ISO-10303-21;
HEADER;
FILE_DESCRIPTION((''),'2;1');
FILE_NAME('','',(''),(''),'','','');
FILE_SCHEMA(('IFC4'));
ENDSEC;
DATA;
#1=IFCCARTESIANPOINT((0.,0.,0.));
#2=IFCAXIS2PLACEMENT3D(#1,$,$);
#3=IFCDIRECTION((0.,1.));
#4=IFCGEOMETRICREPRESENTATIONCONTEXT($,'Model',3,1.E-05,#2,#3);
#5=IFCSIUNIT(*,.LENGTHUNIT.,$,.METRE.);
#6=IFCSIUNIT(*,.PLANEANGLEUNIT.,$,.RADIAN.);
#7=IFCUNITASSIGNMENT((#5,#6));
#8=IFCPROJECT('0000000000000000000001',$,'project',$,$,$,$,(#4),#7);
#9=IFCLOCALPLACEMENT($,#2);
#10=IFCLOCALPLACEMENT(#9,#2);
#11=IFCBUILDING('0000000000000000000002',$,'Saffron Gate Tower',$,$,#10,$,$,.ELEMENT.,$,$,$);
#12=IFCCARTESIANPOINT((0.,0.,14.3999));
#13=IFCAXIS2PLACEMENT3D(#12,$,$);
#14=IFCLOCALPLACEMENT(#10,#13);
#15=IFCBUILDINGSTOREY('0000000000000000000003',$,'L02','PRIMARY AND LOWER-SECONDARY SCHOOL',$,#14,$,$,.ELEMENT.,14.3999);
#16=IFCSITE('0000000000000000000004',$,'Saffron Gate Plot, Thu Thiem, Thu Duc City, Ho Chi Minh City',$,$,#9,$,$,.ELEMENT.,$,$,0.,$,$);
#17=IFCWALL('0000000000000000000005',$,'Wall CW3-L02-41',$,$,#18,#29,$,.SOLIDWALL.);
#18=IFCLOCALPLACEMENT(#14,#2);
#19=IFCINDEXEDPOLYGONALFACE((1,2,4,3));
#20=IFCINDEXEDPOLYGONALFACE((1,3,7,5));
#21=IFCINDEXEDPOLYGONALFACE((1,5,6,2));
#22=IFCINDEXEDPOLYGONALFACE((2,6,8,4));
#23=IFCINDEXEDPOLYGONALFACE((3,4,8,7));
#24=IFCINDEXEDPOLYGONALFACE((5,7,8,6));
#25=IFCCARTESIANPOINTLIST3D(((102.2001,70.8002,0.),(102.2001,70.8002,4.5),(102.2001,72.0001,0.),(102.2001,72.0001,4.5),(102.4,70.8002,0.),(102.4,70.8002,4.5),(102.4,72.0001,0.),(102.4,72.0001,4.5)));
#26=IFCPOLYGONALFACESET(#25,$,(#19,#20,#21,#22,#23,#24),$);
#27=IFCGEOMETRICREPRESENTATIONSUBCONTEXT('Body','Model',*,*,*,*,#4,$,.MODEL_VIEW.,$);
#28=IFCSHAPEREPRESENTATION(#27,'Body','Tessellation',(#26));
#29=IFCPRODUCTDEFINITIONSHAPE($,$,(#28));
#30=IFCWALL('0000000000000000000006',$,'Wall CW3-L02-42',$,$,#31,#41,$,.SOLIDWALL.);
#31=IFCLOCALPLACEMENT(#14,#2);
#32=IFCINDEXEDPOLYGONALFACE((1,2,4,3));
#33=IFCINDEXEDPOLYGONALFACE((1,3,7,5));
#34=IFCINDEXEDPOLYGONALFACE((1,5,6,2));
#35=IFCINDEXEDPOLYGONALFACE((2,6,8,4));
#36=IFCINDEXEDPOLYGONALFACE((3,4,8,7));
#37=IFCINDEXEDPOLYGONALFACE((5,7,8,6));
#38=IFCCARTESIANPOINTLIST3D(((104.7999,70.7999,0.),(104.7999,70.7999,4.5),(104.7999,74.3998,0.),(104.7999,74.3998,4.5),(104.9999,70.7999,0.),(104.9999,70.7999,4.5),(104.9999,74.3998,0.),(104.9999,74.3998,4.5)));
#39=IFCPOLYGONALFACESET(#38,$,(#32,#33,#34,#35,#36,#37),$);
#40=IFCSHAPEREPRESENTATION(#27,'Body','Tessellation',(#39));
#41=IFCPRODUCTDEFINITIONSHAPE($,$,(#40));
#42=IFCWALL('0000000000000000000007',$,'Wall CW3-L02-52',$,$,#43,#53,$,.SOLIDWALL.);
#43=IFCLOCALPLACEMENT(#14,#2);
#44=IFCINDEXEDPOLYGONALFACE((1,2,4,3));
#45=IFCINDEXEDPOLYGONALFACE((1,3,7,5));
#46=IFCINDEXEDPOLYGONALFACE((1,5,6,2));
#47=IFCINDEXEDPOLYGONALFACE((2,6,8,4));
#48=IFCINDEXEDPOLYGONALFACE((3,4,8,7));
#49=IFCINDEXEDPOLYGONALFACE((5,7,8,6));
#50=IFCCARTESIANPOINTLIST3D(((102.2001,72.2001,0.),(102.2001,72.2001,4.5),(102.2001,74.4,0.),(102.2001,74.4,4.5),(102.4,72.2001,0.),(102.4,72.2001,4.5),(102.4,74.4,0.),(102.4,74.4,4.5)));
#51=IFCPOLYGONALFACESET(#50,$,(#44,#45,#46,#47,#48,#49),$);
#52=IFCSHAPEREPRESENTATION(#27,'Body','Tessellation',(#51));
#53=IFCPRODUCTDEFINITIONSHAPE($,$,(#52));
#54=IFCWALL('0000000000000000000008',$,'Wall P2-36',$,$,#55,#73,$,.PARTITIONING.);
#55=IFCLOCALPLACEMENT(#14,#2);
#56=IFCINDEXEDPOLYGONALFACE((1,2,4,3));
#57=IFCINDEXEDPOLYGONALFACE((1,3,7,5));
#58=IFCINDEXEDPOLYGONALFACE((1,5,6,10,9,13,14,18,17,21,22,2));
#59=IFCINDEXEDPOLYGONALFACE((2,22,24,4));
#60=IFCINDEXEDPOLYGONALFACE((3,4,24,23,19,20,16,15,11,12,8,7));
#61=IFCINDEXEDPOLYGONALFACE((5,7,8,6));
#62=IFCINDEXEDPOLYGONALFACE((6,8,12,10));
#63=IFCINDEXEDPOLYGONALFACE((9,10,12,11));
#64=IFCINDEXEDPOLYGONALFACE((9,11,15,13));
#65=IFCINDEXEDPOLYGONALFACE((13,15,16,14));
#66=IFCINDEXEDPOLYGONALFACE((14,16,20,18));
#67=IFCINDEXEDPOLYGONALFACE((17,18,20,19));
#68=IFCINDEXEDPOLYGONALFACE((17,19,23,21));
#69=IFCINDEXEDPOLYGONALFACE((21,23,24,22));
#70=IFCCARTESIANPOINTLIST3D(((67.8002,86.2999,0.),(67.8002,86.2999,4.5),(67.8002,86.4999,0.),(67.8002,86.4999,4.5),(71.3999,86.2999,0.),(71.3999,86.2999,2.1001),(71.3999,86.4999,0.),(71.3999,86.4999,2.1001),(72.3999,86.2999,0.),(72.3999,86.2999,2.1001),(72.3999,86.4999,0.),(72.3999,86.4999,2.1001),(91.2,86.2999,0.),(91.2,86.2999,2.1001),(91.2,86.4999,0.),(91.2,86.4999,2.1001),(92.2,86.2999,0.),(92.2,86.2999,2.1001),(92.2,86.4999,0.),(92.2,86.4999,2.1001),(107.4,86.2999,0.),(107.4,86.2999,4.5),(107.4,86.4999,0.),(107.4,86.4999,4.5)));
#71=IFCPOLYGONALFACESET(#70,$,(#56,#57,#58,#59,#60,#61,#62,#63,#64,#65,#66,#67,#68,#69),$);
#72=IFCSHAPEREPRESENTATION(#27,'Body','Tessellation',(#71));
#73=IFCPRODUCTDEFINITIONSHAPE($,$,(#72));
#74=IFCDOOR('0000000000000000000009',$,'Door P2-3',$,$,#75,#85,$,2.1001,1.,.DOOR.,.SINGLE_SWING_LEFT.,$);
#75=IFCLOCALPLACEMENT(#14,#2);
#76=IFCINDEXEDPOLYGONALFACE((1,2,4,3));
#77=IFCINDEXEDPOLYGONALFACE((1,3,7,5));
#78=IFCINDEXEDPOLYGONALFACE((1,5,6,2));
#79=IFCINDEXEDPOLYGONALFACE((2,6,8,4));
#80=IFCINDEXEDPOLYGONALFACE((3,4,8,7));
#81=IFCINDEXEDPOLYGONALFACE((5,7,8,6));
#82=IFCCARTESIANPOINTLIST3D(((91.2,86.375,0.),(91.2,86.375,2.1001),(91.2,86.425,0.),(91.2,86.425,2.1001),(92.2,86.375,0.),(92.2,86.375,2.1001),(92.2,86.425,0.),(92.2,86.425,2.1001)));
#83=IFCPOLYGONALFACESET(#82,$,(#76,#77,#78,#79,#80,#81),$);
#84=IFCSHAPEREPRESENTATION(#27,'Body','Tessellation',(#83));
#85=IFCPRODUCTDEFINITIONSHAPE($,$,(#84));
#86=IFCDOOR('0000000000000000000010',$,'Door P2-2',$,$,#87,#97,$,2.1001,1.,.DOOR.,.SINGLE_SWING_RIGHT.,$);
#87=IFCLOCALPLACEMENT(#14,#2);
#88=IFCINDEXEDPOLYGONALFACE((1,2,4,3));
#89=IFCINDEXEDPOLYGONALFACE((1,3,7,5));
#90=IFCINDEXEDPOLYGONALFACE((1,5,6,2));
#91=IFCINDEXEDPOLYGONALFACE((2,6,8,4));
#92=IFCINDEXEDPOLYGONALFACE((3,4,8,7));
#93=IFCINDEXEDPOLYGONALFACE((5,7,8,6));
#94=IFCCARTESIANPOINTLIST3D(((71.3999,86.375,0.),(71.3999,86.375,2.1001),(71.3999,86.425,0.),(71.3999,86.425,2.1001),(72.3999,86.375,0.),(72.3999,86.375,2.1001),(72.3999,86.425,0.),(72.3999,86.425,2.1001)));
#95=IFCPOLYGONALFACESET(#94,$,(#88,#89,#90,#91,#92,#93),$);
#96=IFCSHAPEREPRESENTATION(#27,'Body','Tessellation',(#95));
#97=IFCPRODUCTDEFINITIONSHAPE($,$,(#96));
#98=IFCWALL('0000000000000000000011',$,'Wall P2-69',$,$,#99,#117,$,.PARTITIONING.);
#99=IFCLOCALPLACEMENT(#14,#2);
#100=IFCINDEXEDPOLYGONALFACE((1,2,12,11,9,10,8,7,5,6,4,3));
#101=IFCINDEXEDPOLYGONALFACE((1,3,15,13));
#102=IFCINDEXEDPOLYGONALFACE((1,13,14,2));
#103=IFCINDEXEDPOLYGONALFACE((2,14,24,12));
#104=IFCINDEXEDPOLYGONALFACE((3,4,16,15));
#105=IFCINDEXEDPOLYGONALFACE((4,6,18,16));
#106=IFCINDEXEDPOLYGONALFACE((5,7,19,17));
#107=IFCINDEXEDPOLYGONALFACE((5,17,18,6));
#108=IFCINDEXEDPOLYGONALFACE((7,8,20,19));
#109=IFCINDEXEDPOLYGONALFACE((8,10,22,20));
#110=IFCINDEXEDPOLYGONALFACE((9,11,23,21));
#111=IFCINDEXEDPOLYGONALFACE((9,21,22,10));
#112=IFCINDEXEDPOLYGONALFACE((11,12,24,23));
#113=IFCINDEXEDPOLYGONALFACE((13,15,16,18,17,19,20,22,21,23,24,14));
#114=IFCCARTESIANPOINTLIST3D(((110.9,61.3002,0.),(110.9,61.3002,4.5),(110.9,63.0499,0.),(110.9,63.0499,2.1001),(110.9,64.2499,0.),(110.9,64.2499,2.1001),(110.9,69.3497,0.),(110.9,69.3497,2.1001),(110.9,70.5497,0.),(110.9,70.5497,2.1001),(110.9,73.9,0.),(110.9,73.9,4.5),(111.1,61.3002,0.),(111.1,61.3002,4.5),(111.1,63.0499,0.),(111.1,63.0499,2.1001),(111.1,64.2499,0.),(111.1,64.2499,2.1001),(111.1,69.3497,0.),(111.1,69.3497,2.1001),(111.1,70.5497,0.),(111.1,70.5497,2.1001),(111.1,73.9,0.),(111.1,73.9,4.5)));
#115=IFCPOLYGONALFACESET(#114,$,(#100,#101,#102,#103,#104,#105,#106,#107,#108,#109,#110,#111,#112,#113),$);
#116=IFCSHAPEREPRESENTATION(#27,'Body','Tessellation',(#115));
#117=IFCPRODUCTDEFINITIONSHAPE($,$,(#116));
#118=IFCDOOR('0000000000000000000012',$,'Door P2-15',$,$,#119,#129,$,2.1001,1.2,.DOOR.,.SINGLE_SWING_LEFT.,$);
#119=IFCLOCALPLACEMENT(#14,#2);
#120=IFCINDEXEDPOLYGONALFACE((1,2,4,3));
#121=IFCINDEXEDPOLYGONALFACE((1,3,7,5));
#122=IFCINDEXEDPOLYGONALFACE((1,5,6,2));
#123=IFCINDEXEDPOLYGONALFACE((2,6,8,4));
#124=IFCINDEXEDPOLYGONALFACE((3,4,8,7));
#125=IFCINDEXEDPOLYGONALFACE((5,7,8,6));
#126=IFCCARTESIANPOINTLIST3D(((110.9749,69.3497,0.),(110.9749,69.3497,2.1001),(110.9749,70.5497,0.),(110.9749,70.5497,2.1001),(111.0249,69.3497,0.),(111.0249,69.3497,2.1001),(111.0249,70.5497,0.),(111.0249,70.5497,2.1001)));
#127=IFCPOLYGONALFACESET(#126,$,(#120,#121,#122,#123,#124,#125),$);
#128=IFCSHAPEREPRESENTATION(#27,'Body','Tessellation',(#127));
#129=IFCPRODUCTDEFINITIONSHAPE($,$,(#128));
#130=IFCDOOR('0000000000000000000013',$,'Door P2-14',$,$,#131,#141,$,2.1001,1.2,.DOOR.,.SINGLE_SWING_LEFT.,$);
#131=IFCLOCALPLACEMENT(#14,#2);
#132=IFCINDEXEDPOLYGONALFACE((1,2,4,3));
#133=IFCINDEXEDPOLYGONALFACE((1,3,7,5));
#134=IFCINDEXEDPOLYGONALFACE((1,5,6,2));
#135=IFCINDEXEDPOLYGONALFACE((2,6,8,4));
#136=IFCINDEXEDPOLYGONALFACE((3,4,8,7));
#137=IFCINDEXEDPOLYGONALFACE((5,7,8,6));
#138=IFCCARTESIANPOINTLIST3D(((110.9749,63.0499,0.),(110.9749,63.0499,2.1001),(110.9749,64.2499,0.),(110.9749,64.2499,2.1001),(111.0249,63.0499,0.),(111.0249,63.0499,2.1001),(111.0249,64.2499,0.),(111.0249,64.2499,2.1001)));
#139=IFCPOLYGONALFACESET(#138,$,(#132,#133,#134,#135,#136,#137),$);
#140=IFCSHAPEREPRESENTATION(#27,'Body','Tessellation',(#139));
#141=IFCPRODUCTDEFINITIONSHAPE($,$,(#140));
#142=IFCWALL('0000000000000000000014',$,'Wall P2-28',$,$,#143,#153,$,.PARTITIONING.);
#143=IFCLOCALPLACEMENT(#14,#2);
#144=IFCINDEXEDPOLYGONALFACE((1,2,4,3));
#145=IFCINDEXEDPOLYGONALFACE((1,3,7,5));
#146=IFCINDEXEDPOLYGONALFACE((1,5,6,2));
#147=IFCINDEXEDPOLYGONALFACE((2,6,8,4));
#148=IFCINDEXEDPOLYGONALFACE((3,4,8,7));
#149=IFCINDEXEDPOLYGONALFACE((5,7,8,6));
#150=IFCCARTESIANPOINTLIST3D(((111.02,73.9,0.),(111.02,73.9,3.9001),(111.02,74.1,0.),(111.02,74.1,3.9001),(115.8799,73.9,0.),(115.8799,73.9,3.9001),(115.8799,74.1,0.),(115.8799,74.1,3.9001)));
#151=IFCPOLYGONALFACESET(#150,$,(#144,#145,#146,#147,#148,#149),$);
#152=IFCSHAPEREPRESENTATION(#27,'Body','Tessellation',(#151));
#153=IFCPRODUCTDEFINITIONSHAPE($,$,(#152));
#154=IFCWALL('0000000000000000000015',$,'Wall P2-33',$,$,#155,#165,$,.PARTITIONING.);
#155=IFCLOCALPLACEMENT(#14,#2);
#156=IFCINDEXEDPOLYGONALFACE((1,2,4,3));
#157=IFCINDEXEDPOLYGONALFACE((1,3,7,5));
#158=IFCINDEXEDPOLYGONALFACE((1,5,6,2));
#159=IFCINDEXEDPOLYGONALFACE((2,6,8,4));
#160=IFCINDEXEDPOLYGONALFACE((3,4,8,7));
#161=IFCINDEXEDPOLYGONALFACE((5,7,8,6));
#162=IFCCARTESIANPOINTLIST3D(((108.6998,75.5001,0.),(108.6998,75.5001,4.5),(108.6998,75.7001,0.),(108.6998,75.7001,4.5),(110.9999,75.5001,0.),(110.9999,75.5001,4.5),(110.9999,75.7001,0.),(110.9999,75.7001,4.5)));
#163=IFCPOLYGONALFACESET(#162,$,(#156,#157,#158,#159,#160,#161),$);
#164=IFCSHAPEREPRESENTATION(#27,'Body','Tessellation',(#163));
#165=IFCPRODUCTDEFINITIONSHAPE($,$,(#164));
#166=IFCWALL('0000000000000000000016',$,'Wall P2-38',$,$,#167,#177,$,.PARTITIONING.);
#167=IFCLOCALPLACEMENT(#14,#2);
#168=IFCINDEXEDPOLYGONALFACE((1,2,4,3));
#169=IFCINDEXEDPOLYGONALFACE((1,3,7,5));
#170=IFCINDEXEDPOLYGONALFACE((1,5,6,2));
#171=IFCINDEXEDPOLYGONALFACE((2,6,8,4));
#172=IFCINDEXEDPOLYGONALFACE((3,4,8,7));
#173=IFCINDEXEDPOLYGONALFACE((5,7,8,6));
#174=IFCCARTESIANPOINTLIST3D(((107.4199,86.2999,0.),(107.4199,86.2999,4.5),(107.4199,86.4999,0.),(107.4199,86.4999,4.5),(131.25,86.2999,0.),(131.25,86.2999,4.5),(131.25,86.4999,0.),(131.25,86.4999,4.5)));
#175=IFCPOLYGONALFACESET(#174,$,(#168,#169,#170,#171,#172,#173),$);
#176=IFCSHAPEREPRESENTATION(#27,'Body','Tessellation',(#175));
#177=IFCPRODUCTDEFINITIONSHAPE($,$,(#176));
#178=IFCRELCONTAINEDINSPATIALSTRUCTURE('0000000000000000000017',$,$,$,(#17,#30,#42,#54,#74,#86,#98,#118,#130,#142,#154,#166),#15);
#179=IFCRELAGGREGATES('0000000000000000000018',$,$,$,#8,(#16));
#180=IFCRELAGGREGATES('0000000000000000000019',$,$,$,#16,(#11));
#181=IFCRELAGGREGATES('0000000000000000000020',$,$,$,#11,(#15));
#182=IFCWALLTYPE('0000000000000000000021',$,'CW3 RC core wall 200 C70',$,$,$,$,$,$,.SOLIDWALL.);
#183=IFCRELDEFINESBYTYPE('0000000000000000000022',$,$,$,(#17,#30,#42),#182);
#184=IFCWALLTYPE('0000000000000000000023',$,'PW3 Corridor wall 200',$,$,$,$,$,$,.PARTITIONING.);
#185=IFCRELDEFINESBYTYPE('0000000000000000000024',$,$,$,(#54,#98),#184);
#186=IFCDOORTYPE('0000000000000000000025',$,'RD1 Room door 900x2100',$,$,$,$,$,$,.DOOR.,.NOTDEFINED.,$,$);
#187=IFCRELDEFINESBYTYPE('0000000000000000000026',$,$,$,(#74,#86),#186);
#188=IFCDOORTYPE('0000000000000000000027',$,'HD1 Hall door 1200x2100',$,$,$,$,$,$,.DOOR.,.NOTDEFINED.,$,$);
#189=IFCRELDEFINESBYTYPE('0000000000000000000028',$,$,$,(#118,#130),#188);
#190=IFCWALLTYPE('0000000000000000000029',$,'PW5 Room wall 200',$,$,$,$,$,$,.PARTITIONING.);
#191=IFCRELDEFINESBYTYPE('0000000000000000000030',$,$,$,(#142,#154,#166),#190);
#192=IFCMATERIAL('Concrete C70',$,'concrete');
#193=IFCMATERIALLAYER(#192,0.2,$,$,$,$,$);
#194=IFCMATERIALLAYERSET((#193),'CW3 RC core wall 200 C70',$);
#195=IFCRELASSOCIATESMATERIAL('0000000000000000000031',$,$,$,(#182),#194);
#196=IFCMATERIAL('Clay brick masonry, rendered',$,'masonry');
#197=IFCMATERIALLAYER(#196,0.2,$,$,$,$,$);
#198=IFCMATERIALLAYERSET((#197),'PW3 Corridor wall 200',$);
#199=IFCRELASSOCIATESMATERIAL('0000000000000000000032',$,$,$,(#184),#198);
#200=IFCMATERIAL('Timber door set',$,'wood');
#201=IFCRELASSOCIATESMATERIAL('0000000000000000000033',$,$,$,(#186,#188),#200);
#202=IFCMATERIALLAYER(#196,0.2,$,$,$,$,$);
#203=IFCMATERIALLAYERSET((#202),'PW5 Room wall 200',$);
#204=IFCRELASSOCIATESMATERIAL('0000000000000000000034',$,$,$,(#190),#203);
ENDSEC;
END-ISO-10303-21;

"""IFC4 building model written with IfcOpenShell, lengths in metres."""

from ifc_helpers import new_model, si_unit, direction, frame, frame_2d, origin, place, context, subcontext, project, spatial, rectangle, extrude, material, layer, layer_set, type_object, element, fill, save


model = new_model("IFC4")

# Units and contexts
model_context = context("Model", 3, precision=1e-05, world=origin(), true_north=direction((0.0, 1.0)))
body_context = subcontext(model_context, "Body", "Model", "MODEL_VIEW")
ifc_project = project(units=[si_unit("LENGTHUNIT", "METRE"), si_unit("PLANEANGLEUNIT", "RADIAN")], contexts=[model_context])

# Site, building, storey
site_placement = place(None, origin())
site = spatial("IfcSite", under=ifc_project, at=site_placement, Name="Saffron Gate Plot, Thu Thiem, Thu Duc City, Ho Chi Minh City", CompositionType="ELEMENT", RefElevation=0.0)
building_placement = place(site_placement, origin())
building = spatial("IfcBuilding", under=site, at=building_placement, Name="Saffron Gate Tower", CompositionType="ELEMENT")
storey_placement = place(building_placement, frame((0.0, 0.0, 14.3999)))
storey = spatial("IfcBuildingStorey", under=building, at=storey_placement, Name="L02", Description="PRIMARY AND LOWER-SECONDARY SCHOOL", CompositionType="ELEMENT", Elevation=14.3999)

# Walls
ifc_material_1 = material(Name="Concrete C70", Category="concrete")
ifc_layer_1 = layer(ifc_material_1, 0.2)
ifc_layer_set_1 = layer_set([ifc_layer_1], Name="CW3 RC core wall 200 C70")
wall_type_1 = type_object("IfcWallType", Name="CW3 RC core wall 200 C70", PredefinedType="SOLIDWALL", material=ifc_layer_set_1)
wall_1_placement = place(storey_placement, frame((102.3, 70.8, 0.0), z_axis=(0.0, 0.0, 1.0), x_axis=(0.0, 1.0, 0.0)))
element("IfcWall", 1, at=wall_1_placement, inside=storey, type_object=wall_type_1, Name="Wall CW3-L02-41", PredefinedType="SOLIDWALL", context=body_context, shape_type="SweptSolid", body=[
    extrude(rectangle(XDim=1.2, YDim=0.2, at=frame_2d((0.6001, 0.0))), origin(), (0.0, 0.0, 1.0), 4.5),
])
wall_2_placement = place(storey_placement, frame((104.8999, 70.8, 0.0), z_axis=(0.0, 0.0, 1.0), x_axis=(0.0, 1.0, 0.0)))
element("IfcWall", 2, at=wall_2_placement, inside=storey, type_object=wall_type_1, Name="Wall CW3-L02-42", PredefinedType="SOLIDWALL", context=body_context, shape_type="SweptSolid", body=[
    extrude(rectangle(XDim=3.5999, YDim=0.2, at=frame_2d((1.7998, 0.0))), origin(), (0.0, 0.0, 1.0), 4.5),
])
wall_3_placement = place(storey_placement, frame((102.3, 72.2, 0.0), z_axis=(0.0, 0.0, 1.0), x_axis=(0.0, 1.0, 0.0)))
element("IfcWall", 3, at=wall_3_placement, inside=storey, type_object=wall_type_1, Name="Wall CW3-L02-52", PredefinedType="SOLIDWALL", context=body_context, shape_type="SweptSolid", body=[
    extrude(rectangle(XDim=2.2, YDim=0.2, at=frame_2d((1.1001, 0.0))), origin(), (0.0, 0.0, 1.0), 4.5),
])

# Walls, openings, doors
ifc_material_2 = material(Name="Clay brick masonry, rendered", Category="masonry")
ifc_layer_2 = layer(ifc_material_2, 0.2)
ifc_layer_set_2 = layer_set([ifc_layer_2], Name="PW3 Corridor wall 200")
wall_type_2 = type_object("IfcWallType", Name="PW3 Corridor wall 200", PredefinedType="PARTITIONING", material=ifc_layer_set_2)
wall_4_placement = place(storey_placement, frame((107.3999, 86.3999, 0.0), z_axis=(0.0, 0.0, 1.0), x_axis=(-1.0, 0.0, 0.0)))
wall_4 = element("IfcWall", 4, at=wall_4_placement, inside=storey, type_object=wall_type_2, Name="Wall P2-36", PredefinedType="PARTITIONING", context=body_context, shape_type="SweptSolid", body=[
    extrude(rectangle(XDim=39.5999, YDim=0.2, at=frame_2d((19.7998, 0.0))), origin(), (0.0, 0.0, 1.0), 4.5),
])
opening_1_placement = place(wall_4_placement, frame((15.2, 0.0, 0.0)))
opening_1 = element("IfcOpeningElement", 5, at=opening_1_placement, cuts=wall_4, PredefinedType="OPENING", context=body_context, shape_type="SweptSolid", body=[
    extrude(rectangle(XDim=1.0, YDim=2.1001, at=frame_2d((0.5, 1.05))), frame((0.0, 0.1099, 0.0), z_axis=(0.0, -1.0, 0.0), x_axis=(1.0, 0.0, 0.0)), (0.0, 0.0, 1.0), 0.22),
])
opening_2_placement = place(wall_4_placement, frame((35.0, 0.0, 0.0)))
opening_2 = element("IfcOpeningElement", 6, at=opening_2_placement, cuts=wall_4, PredefinedType="OPENING", context=body_context, shape_type="SweptSolid", body=[
    extrude(rectangle(XDim=1.0, YDim=2.1001, at=frame_2d((0.5, 1.05))), frame((0.0, 0.1099, 0.0), z_axis=(0.0, -1.0, 0.0), x_axis=(1.0, 0.0, 0.0)), (0.0, 0.0, 1.0), 0.22),
])
ifc_material_3 = material(Name="Timber door set", Category="wood")
door_type_1 = type_object("IfcDoorType", Name="RD1 Room door 900x2100", OperationType="NOTDEFINED", PredefinedType="DOOR", material=ifc_material_3)
door_1_placement = place(opening_1_placement, origin())
door_1 = element("IfcDoor", 7, at=door_1_placement, inside=storey, type_object=door_type_1, Name="Door P2-3", OperationType="SINGLE_SWING_LEFT", OverallHeight=2.1001, OverallWidth=1.0, PredefinedType="DOOR", context=body_context, shape_type="SweptSolid", body=[
    extrude(rectangle(XDim=1.0, YDim=2.1001, at=frame_2d((0.5, 1.05))), frame((0.0, 0.0249, 0.0), z_axis=(0.0, -1.0, 0.0), x_axis=(1.0, 0.0, 0.0)), (0.0, 0.0, 1.0), 0.05),
])
fill(opening_1, door_1)
door_2_placement = place(opening_2_placement, origin())
door_2 = element("IfcDoor", 8, at=door_2_placement, inside=storey, type_object=door_type_1, Name="Door P2-2", OperationType="SINGLE_SWING_RIGHT", OverallHeight=2.1001, OverallWidth=1.0, PredefinedType="DOOR", context=body_context, shape_type="SweptSolid", body=[
    extrude(rectangle(XDim=1.0, YDim=2.1001, at=frame_2d((0.5, 1.05))), frame((0.0, 0.0249, 0.0), z_axis=(0.0, -1.0, 0.0), x_axis=(1.0, 0.0, 0.0)), (0.0, 0.0, 1.0), 0.05),
])
fill(opening_2, door_2)
wall_5_placement = place(storey_placement, frame((111.0, 73.8999, 0.0), z_axis=(0.0, 0.0, 1.0), x_axis=(0.0, -1.0, 0.0)))
wall_5 = element("IfcWall", 9, at=wall_5_placement, inside=storey, type_object=wall_type_2, Name="Wall P2-69", PredefinedType="PARTITIONING", context=body_context, shape_type="SweptSolid", body=[
    extrude(rectangle(XDim=12.5999, YDim=0.2, at=frame_2d((6.2998, 0.0))), origin(), (0.0, 0.0, 1.0), 4.5),
])
opening_3_placement = place(wall_5_placement, frame((3.3501, 0.0, 0.0)))
opening_3 = element("IfcOpeningElement", 10, at=opening_3_placement, cuts=wall_5, PredefinedType="OPENING", context=body_context, shape_type="SweptSolid", body=[
    extrude(rectangle(XDim=1.2, YDim=2.1001, at=frame_2d((0.6001, 1.05))), frame((0.0, 0.1099, 0.0), z_axis=(0.0, -1.0, 0.0), x_axis=(1.0, 0.0, 0.0)), (0.0, 0.0, 1.0), 0.22),
])
opening_4_placement = place(wall_5_placement, frame((9.6499, 0.0, 0.0)))
opening_4 = element("IfcOpeningElement", 11, at=opening_4_placement, cuts=wall_5, PredefinedType="OPENING", context=body_context, shape_type="SweptSolid", body=[
    extrude(rectangle(XDim=1.2, YDim=2.1001, at=frame_2d((0.6001, 1.05))), frame((0.0, 0.1099, 0.0), z_axis=(0.0, -1.0, 0.0), x_axis=(1.0, 0.0, 0.0)), (0.0, 0.0, 1.0), 0.22),
])
door_type_2 = type_object("IfcDoorType", Name="HD1 Hall door 1200x2100", OperationType="NOTDEFINED", PredefinedType="DOOR", material=ifc_material_3)
door_3_placement = place(opening_3_placement, origin())
door_3 = element("IfcDoor", 12, at=door_3_placement, inside=storey, type_object=door_type_2, Name="Door P2-15", OperationType="SINGLE_SWING_LEFT", OverallHeight=2.1001, OverallWidth=1.2, PredefinedType="DOOR", context=body_context, shape_type="SweptSolid", body=[
    extrude(rectangle(XDim=1.2, YDim=2.1001, at=frame_2d((0.6001, 1.05))), frame((0.0, 0.0249, 0.0), z_axis=(0.0, -1.0, 0.0), x_axis=(1.0, 0.0, 0.0)), (0.0, 0.0, 1.0), 0.05),
])
fill(opening_3, door_3)
door_4_placement = place(opening_4_placement, origin())
door_4 = element("IfcDoor", 13, at=door_4_placement, inside=storey, type_object=door_type_2, Name="Door P2-14", OperationType="SINGLE_SWING_LEFT", OverallHeight=2.1001, OverallWidth=1.2, PredefinedType="DOOR", context=body_context, shape_type="SweptSolid", body=[
    extrude(rectangle(XDim=1.2, YDim=2.1001, at=frame_2d((0.6001, 1.05))), frame((0.0, 0.0249, 0.0), z_axis=(0.0, -1.0, 0.0), x_axis=(1.0, 0.0, 0.0)), (0.0, 0.0, 1.0), 0.05),
])
fill(opening_4, door_4)

# Walls
ifc_layer_3 = layer(ifc_material_2, 0.2)
ifc_layer_set_3 = layer_set([ifc_layer_3], Name="PW5 Room wall 200")
wall_type_3 = type_object("IfcWallType", Name="PW5 Room wall 200", PredefinedType="PARTITIONING", material=ifc_layer_set_3)
wall_6_placement = place(storey_placement, frame((111.02, 74.0, 0.0), z_axis=(0.0, 0.0, 1.0), x_axis=(1.0, 0.0, 0.0)))
element("IfcWall", 14, at=wall_6_placement, inside=storey, type_object=wall_type_3, Name="Wall P2-28", PredefinedType="PARTITIONING", context=body_context, shape_type="SweptSolid", body=[
    extrude(rectangle(XDim=4.8599, YDim=0.2, at=frame_2d((2.4299, 0.0))), origin(), (0.0, 0.0, 1.0), 3.9001),
])
wall_7_placement = place(storey_placement, frame((108.7, 75.6001, 0.0), z_axis=(0.0, 0.0, 1.0), x_axis=(1.0, 0.0, 0.0)))
element("IfcWall", 15, at=wall_7_placement, inside=storey, type_object=wall_type_3, Name="Wall P2-33", PredefinedType="PARTITIONING", context=body_context, shape_type="SweptSolid", body=[
    extrude(rectangle(XDim=2.3, YDim=0.2, at=frame_2d((1.1499, 0.0))), origin(), (0.0, 0.0, 1.0), 4.5),
])
wall_8_placement = place(storey_placement, frame((107.4199, 86.3999, 0.0), z_axis=(0.0, 0.0, 1.0), x_axis=(1.0, 0.0, 0.0)))
element("IfcWall", 16, at=wall_8_placement, inside=storey, type_object=wall_type_3, Name="Wall P2-38", PredefinedType="PARTITIONING", context=body_context, shape_type="SweptSolid", body=[
    extrude(rectangle(XDim=23.8301, YDim=0.2, at=frame_2d((11.915, 0.0))), origin(), (0.0, 0.0, 1.0), 4.5),
])

save(model, "model.ifc")
